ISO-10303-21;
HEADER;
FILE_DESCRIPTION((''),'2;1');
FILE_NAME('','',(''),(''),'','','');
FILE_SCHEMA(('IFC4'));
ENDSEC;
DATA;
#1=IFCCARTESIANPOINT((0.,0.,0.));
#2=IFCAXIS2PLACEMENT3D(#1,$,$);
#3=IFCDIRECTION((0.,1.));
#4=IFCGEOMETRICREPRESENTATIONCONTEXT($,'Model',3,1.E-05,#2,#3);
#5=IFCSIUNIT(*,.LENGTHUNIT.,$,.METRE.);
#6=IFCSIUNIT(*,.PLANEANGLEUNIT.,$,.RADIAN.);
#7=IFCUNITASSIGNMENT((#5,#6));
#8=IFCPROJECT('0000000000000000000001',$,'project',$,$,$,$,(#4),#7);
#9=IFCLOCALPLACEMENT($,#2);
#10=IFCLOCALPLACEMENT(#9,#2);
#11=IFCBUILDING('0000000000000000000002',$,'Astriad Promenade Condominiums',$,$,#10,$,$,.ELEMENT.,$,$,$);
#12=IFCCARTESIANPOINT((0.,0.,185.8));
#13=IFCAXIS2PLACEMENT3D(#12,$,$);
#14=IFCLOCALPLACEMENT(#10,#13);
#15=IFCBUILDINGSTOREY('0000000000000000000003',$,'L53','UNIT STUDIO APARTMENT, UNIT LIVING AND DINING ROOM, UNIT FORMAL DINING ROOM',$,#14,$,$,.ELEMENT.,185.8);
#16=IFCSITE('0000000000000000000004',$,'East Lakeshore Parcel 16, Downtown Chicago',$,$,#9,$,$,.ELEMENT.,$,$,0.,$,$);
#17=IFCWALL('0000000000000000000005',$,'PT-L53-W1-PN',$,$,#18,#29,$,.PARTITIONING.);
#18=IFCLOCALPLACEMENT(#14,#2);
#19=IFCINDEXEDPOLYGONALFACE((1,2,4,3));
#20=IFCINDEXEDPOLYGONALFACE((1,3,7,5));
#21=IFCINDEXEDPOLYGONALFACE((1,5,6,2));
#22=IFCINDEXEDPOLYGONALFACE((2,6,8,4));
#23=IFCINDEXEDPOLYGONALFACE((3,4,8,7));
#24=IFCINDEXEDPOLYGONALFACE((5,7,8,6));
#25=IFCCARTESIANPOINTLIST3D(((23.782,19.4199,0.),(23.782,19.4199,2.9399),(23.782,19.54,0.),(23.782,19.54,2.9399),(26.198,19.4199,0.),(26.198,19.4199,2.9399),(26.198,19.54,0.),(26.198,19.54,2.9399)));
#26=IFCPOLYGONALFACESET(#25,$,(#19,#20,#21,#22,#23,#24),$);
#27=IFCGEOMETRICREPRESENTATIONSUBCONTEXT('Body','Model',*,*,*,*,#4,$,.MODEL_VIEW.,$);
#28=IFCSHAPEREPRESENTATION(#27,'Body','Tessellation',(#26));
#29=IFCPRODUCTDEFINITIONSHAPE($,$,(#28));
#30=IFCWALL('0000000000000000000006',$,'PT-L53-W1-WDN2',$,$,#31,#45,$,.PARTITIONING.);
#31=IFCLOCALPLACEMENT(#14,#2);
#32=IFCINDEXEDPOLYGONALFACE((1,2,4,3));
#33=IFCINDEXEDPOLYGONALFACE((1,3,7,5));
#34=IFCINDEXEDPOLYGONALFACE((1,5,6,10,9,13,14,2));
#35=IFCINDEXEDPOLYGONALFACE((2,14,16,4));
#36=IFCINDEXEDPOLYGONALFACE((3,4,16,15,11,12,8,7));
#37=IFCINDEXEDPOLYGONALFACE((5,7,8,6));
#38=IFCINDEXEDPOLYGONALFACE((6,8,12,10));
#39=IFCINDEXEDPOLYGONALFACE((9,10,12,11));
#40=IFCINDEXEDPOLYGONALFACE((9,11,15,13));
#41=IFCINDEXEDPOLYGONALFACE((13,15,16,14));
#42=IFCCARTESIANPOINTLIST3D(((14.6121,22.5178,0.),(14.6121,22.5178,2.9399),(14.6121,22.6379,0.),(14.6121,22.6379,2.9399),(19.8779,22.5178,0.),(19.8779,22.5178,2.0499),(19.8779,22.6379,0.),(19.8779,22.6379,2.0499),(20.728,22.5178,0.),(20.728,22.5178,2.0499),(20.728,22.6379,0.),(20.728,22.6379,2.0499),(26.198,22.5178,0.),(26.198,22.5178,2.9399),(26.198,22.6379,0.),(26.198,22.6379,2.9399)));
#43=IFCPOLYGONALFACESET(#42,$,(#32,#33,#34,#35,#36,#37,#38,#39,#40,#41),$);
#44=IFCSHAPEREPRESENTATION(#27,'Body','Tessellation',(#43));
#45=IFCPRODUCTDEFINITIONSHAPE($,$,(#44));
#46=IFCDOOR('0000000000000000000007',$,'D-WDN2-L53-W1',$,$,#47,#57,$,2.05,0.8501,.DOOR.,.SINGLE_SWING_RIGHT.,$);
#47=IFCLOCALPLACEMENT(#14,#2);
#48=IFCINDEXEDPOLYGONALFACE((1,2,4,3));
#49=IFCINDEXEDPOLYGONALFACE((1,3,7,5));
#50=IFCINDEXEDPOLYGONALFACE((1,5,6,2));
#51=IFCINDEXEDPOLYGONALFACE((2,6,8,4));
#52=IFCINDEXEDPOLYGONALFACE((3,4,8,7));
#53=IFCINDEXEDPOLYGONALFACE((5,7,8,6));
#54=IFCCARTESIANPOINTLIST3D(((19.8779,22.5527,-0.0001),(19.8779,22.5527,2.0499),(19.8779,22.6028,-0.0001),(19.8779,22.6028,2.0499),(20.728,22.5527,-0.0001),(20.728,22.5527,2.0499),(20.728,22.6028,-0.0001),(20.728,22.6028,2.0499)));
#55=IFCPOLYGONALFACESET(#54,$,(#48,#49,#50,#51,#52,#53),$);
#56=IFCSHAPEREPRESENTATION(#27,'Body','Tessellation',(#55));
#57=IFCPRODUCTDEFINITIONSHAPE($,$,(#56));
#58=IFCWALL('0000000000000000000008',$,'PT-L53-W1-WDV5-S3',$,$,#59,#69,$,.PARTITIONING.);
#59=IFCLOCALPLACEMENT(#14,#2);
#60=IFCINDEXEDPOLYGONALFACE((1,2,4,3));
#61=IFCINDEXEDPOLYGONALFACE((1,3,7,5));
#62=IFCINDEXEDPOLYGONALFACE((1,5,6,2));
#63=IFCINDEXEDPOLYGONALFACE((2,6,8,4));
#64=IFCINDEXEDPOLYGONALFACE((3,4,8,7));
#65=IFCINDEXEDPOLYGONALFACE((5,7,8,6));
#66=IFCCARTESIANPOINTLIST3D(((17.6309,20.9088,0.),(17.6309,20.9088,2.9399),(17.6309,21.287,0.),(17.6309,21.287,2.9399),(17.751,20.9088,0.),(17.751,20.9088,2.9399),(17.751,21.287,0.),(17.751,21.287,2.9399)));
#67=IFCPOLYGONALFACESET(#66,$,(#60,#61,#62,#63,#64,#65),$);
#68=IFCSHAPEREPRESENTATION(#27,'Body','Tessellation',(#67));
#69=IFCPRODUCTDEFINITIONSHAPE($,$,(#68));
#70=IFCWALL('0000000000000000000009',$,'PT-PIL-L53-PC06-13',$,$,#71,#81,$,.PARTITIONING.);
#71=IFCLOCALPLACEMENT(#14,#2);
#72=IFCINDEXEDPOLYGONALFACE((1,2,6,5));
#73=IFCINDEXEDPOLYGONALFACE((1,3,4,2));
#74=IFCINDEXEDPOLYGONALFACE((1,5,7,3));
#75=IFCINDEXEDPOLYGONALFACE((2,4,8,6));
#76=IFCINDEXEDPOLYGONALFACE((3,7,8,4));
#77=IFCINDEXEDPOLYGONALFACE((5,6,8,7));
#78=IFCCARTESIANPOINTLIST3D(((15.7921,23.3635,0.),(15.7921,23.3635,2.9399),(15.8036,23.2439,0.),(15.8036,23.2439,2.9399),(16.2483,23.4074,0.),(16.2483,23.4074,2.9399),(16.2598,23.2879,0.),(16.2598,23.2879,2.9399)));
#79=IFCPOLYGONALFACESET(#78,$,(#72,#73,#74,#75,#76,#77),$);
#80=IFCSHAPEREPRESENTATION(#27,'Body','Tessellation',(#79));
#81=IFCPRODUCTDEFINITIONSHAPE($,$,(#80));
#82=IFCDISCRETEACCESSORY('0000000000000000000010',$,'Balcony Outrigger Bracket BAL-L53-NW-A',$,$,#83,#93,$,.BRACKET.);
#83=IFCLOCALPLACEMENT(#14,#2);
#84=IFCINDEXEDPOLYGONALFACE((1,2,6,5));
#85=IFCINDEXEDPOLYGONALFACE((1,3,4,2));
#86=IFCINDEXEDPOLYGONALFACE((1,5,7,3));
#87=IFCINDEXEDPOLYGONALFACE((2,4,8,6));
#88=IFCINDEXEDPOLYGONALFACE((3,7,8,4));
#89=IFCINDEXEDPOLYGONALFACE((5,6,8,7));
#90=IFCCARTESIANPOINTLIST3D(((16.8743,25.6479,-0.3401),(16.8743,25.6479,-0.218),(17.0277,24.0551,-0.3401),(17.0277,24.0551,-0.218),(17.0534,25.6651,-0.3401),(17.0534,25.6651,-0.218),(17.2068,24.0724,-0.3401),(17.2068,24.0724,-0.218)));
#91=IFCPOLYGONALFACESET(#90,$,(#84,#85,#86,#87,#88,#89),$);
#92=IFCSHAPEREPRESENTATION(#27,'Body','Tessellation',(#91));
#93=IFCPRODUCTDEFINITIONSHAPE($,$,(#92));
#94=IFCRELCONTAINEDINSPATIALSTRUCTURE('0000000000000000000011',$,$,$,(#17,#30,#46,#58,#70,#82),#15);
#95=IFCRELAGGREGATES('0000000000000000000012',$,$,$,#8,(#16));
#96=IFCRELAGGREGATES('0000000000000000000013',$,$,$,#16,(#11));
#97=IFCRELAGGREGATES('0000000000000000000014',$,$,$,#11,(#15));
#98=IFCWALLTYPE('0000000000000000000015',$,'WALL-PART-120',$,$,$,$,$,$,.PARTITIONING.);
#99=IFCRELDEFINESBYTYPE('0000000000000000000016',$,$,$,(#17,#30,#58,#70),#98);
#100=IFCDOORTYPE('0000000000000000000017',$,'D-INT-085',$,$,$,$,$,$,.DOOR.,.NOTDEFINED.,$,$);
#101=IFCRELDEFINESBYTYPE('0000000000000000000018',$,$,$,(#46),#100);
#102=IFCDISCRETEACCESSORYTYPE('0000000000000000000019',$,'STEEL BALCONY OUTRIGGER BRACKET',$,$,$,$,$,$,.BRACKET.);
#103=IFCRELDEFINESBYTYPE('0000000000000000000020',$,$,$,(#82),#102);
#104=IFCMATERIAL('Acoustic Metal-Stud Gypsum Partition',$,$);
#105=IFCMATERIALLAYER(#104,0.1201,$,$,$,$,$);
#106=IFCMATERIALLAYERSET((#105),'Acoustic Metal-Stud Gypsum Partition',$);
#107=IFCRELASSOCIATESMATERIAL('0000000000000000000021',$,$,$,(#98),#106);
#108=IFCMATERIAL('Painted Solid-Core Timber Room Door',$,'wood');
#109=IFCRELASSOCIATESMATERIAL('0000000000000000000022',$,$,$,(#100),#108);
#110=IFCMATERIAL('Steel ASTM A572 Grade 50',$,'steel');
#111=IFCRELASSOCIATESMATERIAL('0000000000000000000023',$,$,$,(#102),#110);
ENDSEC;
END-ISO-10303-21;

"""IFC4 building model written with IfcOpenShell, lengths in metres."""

from ifc_helpers import new_model, si_unit, direction, frame, frame_2d, origin, origin_2d, place, context, subcontext, project, spatial, rectangle, extrude, source, transform, mapped, material, layer, layer_set, type_object, type_shapes, element, fill, save


model = new_model("IFC4")

# Units and contexts
model_context = context("Model", 3, precision=1e-05, world=origin(), true_north=direction((0.0, 1.0)))
body_context = subcontext(model_context, "Body", "Model", "MODEL_VIEW")
ifc_project = project(units=[si_unit("LENGTHUNIT", "METRE"), si_unit("PLANEANGLEUNIT", "RADIAN")], contexts=[model_context])

# Site, building, storey
site_placement = place(None, origin())
site = spatial("IfcSite", under=ifc_project, at=site_placement, Name="East Lakeshore Parcel 16, Downtown Chicago", CompositionType="ELEMENT", RefElevation=0.0)
building_placement = place(site_placement, origin())
building = spatial("IfcBuilding", under=site, at=building_placement, Name="Astriad Promenade Condominiums", CompositionType="ELEMENT")
storey_placement = place(building_placement, frame((0.0, 0.0, 185.8)))
storey = spatial("IfcBuildingStorey", under=building, at=storey_placement, Name="L53", Description="UNIT STUDIO APARTMENT, UNIT LIVING AND DINING ROOM, UNIT FORMAL DINING ROOM", CompositionType="ELEMENT", Elevation=185.8)

# Wall
ifc_material_1 = material(Name="Acoustic Metal-Stud Gypsum Partition")
ifc_layer_1 = layer(ifc_material_1, 0.1201)
ifc_layer_set_1 = layer_set([ifc_layer_1], Name="Acoustic Metal-Stud Gypsum Partition")
wall_type_1 = type_object("IfcWallType", Name="WALL-PART-120", PredefinedType="PARTITIONING", material=ifc_layer_set_1)
wall_1_placement = place(storey_placement, frame((23.782, 19.48, 0.0), z_axis=(0.0, 0.0, 1.0), x_axis=(1.0, 0.0, 0.0)))
element("IfcWall", 1, at=wall_1_placement, inside=storey, type_object=wall_type_1, Name="PT-L53-W1-PN", PredefinedType="PARTITIONING", context=body_context, shape_type="SweptSolid", body=[
    extrude(rectangle(XDim=2.416, YDim=0.1201, at=frame_2d((1.208, 0.0))), origin(), (0.0, 0.0, 1.0), 2.9399),
])

# Wall, opening, door
wall_2_placement = place(storey_placement, frame((14.6121, 22.5779, 0.0), z_axis=(0.0, 0.0, 1.0), x_axis=(1.0, 0.0, 0.0)))
wall_2 = element("IfcWall", 2, at=wall_2_placement, inside=storey, type_object=wall_type_1, Name="PT-L53-W1-WDN2", PredefinedType="PARTITIONING", context=body_context, shape_type="SweptSolid", body=[
    extrude(rectangle(XDim=11.5859, YDim=0.1201, at=frame_2d((5.793, 0.0))), origin(), (0.0, 0.0, 1.0), 2.9399),
])
opening_1_placement = place(wall_2_placement, frame((5.2659, 0.0, 0.0)))
opening_1 = element("IfcOpeningElement", 3, at=opening_1_placement, cuts=wall_2, PredefinedType="OPENING", context=body_context, shape_type="SweptSolid", body=[
    extrude(rectangle(XDim=0.8501, YDim=2.05, at=frame_2d((0.425, 1.0249))), frame((0.0, 0.0701, 0.0), z_axis=(0.0, -1.0, 0.0), x_axis=(1.0, 0.0, 0.0)), (0.0, 0.0, 1.0), 0.1401),
])
ifc_material_2 = material(Name="Painted Solid-Core Timber Room Door", Category="wood")
door_type_1 = type_object("IfcDoorType", Name="D-INT-085", OperationType="NOTDEFINED", PredefinedType="DOOR", material=ifc_material_2)
shared_shape_1 = source(origin(), body_context, "Body", "SweptSolid", [
    extrude(rectangle(XDim=0.8501, YDim=2.05, at=frame_2d((0.425, 1.0249))), frame((0.0, 0.0249, 0.0), z_axis=(0.0, -1.0, 0.0), x_axis=(1.0, 0.0, 0.0)), (0.0, 0.0, 1.0), 0.05),
])
type_shapes(door_type_1, [shared_shape_1])
door_1_placement = place(opening_1_placement, origin())
door_1 = element("IfcDoor", 4, at=door_1_placement, inside=storey, type_object=door_type_1, Name="D-WDN2-L53-W1", OperationType="SINGLE_SWING_RIGHT", OverallHeight=2.05, OverallWidth=0.8501, PredefinedType="DOOR", context=body_context, shape_type="MappedRepresentation", body=[
    mapped(shared_shape_1, transform((0.0, 0.0, 0.0), scale=1.0)),
])
fill(opening_1, door_1)

# Walls
wall_3_placement = place(storey_placement, frame((17.6909, 20.9089, 0.0), z_axis=(0.0, 0.0, 1.0), x_axis=(0.0, 1.0, 0.0)))
element("IfcWall", 5, at=wall_3_placement, inside=storey, type_object=wall_type_1, Name="PT-L53-W1-WDV5-S3", PredefinedType="PARTITIONING", context=body_context, shape_type="SweptSolid", body=[
    extrude(rectangle(XDim=0.3782, YDim=0.1201, at=frame_2d((0.189, 0.0))), origin(), (0.0, 0.0, 1.0), 2.9399),
])
wall_4_placement = place(storey_placement, frame((16.2539, 23.3477, 0.0), z_axis=(0.0, 0.0, 1.0), x_axis=(-0.995389, -0.095915, 0.0)))
element("IfcWall", 6, at=wall_4_placement, inside=storey, type_object=wall_type_1, Name="PT-PIL-L53-PC06-13", PredefinedType="PARTITIONING", context=body_context, shape_type="SweptSolid", body=[
    extrude(rectangle(XDim=0.4583, YDim=0.1201, at=frame_2d((0.229, 0.0))), origin(), (0.0, 0.0, 1.0), 2.9399),
])

# Discrete accessory
ifc_material_3 = material(Name="Steel ASTM A572 Grade 50", Category="steel")
discrete_accessory_type = type_object("IfcDiscreteAccessoryType", Name="STEEL BALCONY OUTRIGGER BRACKET", PredefinedType="BRACKET", material=ifc_material_3)
shared_shape_2 = source(origin(), body_context, "Body", "SweptSolid", [
    extrude(rectangle(XDim=1.6001, YDim=0.1799, at=origin_2d()), origin(), (0.0, 0.0, 1.0), 0.1221),
])
type_shapes(discrete_accessory_type, [shared_shape_2])
discrete_accessory_placement = place(storey_placement, frame((17.0405, 24.8601, -0.3401), z_axis=(0.0, 0.0, 1.0), x_axis=(-0.095846, 0.995396, 0.0)))
element("IfcDiscreteAccessory", 7, at=discrete_accessory_placement, inside=storey, type_object=discrete_accessory_type, Name="Balcony Outrigger Bracket BAL-L53-NW-A", PredefinedType="BRACKET", context=body_context, shape_type="MappedRepresentation", body=[
    mapped(shared_shape_2, transform((0.0, 0.0, 0.0), scale=1.0)),
])

save(model, "model.ifc")
